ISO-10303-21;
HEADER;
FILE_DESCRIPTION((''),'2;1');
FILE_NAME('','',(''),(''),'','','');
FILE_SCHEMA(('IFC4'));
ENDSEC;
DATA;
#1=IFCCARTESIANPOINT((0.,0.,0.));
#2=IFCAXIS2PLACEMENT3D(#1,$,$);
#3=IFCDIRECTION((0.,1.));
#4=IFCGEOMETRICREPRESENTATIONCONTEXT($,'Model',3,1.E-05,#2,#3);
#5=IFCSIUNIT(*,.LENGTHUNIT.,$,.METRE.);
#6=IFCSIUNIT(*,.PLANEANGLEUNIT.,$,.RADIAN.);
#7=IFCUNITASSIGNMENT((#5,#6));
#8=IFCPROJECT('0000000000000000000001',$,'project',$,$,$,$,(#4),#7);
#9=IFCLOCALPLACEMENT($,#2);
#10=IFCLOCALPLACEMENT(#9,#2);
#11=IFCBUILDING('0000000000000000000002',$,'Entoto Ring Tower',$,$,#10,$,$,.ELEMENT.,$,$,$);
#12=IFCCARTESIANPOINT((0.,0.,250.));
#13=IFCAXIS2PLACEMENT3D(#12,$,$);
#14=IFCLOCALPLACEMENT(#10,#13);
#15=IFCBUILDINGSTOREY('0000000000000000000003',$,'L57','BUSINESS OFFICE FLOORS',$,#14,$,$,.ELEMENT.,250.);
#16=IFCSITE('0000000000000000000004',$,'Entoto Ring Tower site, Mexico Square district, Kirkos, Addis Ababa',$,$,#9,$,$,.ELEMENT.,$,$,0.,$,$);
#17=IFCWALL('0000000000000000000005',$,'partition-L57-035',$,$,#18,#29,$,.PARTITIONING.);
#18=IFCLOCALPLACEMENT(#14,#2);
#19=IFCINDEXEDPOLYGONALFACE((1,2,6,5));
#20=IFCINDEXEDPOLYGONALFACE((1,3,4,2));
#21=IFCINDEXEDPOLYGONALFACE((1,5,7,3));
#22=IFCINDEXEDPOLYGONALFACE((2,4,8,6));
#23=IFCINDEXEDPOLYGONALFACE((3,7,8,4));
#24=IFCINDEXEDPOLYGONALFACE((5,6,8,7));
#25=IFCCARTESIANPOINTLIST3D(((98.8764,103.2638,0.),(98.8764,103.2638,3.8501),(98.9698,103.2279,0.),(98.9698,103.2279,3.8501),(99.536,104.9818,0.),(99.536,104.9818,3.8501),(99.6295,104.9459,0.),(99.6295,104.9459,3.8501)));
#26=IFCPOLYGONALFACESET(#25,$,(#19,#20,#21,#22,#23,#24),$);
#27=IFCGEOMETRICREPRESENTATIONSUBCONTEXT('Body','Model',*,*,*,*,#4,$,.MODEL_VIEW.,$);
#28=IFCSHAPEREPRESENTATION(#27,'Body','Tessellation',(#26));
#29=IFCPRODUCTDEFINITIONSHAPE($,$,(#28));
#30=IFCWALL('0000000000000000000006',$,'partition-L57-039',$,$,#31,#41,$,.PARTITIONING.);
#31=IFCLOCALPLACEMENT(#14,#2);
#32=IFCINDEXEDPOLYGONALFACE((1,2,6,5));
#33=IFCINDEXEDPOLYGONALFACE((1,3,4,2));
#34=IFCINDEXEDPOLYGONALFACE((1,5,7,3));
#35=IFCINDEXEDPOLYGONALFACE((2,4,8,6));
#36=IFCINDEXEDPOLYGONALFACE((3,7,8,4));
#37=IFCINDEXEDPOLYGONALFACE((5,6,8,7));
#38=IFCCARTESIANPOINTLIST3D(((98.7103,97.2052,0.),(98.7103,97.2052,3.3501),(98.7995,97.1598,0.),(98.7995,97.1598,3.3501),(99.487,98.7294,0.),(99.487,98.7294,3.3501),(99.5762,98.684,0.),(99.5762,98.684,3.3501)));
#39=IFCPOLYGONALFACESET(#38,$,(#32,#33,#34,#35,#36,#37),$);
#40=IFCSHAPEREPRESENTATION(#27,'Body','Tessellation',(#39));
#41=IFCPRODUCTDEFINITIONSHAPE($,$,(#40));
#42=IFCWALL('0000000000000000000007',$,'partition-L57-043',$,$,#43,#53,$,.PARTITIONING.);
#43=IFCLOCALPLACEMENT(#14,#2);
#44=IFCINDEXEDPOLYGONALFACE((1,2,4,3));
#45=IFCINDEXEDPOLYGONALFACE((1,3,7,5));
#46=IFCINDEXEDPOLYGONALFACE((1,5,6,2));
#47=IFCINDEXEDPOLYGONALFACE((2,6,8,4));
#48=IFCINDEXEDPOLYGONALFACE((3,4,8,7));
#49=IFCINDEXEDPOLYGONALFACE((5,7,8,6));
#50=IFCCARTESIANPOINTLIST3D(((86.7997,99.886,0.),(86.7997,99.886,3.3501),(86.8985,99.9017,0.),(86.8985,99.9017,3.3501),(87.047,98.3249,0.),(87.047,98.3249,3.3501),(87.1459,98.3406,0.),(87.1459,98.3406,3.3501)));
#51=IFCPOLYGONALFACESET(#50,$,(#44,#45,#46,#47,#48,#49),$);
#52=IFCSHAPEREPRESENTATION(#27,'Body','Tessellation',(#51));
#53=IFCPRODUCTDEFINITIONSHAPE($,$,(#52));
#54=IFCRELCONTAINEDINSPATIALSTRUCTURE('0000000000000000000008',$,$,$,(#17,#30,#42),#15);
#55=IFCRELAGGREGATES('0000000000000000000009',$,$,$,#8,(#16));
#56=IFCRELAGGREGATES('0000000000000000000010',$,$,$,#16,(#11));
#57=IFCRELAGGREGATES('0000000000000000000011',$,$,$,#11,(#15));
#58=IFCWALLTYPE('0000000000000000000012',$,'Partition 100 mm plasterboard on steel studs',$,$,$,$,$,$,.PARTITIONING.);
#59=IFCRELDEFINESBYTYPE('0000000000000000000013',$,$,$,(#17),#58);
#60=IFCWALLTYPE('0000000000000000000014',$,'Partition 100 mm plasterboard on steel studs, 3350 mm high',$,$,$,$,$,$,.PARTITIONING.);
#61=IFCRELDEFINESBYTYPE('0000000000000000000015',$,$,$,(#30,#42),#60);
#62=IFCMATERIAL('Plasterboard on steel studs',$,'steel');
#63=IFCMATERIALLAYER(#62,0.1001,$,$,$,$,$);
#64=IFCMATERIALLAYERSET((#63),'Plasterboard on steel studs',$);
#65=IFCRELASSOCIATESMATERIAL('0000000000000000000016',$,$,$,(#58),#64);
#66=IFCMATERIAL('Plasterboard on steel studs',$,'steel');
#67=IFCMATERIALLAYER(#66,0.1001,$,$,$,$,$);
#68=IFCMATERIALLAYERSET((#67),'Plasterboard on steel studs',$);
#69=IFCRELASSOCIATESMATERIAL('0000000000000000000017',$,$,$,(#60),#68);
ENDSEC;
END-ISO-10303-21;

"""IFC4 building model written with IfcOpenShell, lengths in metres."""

from ifc_helpers import new_model, si_unit, direction, frame, frame_2d, origin, place, context, subcontext, project, spatial, rectangle, extrude, material, layer, layer_set, type_object, element, save


model = new_model("IFC4")

# Units and contexts
model_context = context("Model", 3, precision=1e-05, world=origin(), true_north=direction((0.0, 1.0)))
body_context = subcontext(model_context, "Body", "Model", "MODEL_VIEW")
ifc_project = project(units=[si_unit("LENGTHUNIT", "METRE"), si_unit("PLANEANGLEUNIT", "RADIAN")], contexts=[model_context])

# Site, building, storey
site_placement = place(None, origin())
site = spatial("IfcSite", under=ifc_project, at=site_placement, Name="Entoto Ring Tower site, Mexico Square district, Kirkos, Addis Ababa", CompositionType="ELEMENT", RefElevation=0.0)
building_placement = place(site_placement, origin())
building = spatial("IfcBuilding", under=site, at=building_placement, Name="Entoto Ring Tower", CompositionType="ELEMENT")
storey_placement = place(building_placement, frame((0.0, 0.0, 250.0)))
storey = spatial("IfcBuildingStorey", under=building, at=storey_placement, Name="L57", Description="BUSINESS OFFICE FLOORS", CompositionType="ELEMENT", Elevation=250.0)

# Walls
ifc_material_1 = material(Name="Plasterboard on steel studs", Category="steel")
ifc_layer_1 = layer(ifc_material_1, 0.1001)
ifc_layer_set_1 = layer_set([ifc_layer_1], Name="Plasterboard on steel studs")
wall_type_1 = type_object("IfcWallType", Name="Partition 100 mm plasterboard on steel studs", PredefinedType="PARTITIONING", material=ifc_layer_set_1)
wall_1_placement = place(storey_placement, frame((98.9231, 103.2458, 0.0), z_axis=(0.0, 0.0, 1.0), x_axis=(0.358455, 0.933547, 0.0)))
element("IfcWall", 1, at=wall_1_placement, inside=storey, type_object=wall_type_1, Name="partition-L57-035", PredefinedType="PARTITIONING", context=body_context, shape_type="SweptSolid", body=[
    extrude(rectangle(XDim=1.8403, YDim=0.1001, at=frame_2d((0.9202, 0.0))), origin(), (0.0, 0.0, 1.0), 3.8501),
])
ifc_material_2 = material(Name="Plasterboard on steel studs", Category="steel")
ifc_layer_2 = layer(ifc_material_2, 0.1001)
ifc_layer_set_2 = layer_set([ifc_layer_2], Name="Plasterboard on steel studs")
wall_type_2 = type_object("IfcWallType", Name="Partition 100 mm plasterboard on steel studs, 3350 mm high", PredefinedType="PARTITIONING", material=ifc_layer_set_2)
wall_2_placement = place(storey_placement, frame((98.7549, 97.1824, 0.0), z_axis=(0.0, 0.0, 1.0), x_axis=(0.453994, 0.891005, 0.0)))
element("IfcWall", 2, at=wall_2_placement, inside=storey, type_object=wall_type_2, Name="partition-L57-039", PredefinedType="PARTITIONING", context=body_context, shape_type="SweptSolid", body=[
    extrude(rectangle(XDim=1.7107, YDim=0.1001, at=frame_2d((0.8555, 0.0))), origin(), (0.0, 0.0, 1.0), 3.3501),
])
wall_3_placement = place(storey_placement, frame((87.0964, 98.3328, 0.0), z_axis=(0.0, 0.0, 1.0), x_axis=(-0.156478, 0.987681, 0.0)))
element("IfcWall", 3, at=wall_3_placement, inside=storey, type_object=wall_type_2, Name="partition-L57-043", PredefinedType="PARTITIONING", context=body_context, shape_type="SweptSolid", body=[
    extrude(rectangle(XDim=1.5806, YDim=0.1001, at=frame_2d((0.7903, 0.0))), origin(), (0.0, 0.0, 1.0), 3.3501),
])

save(model, "model.ifc")
